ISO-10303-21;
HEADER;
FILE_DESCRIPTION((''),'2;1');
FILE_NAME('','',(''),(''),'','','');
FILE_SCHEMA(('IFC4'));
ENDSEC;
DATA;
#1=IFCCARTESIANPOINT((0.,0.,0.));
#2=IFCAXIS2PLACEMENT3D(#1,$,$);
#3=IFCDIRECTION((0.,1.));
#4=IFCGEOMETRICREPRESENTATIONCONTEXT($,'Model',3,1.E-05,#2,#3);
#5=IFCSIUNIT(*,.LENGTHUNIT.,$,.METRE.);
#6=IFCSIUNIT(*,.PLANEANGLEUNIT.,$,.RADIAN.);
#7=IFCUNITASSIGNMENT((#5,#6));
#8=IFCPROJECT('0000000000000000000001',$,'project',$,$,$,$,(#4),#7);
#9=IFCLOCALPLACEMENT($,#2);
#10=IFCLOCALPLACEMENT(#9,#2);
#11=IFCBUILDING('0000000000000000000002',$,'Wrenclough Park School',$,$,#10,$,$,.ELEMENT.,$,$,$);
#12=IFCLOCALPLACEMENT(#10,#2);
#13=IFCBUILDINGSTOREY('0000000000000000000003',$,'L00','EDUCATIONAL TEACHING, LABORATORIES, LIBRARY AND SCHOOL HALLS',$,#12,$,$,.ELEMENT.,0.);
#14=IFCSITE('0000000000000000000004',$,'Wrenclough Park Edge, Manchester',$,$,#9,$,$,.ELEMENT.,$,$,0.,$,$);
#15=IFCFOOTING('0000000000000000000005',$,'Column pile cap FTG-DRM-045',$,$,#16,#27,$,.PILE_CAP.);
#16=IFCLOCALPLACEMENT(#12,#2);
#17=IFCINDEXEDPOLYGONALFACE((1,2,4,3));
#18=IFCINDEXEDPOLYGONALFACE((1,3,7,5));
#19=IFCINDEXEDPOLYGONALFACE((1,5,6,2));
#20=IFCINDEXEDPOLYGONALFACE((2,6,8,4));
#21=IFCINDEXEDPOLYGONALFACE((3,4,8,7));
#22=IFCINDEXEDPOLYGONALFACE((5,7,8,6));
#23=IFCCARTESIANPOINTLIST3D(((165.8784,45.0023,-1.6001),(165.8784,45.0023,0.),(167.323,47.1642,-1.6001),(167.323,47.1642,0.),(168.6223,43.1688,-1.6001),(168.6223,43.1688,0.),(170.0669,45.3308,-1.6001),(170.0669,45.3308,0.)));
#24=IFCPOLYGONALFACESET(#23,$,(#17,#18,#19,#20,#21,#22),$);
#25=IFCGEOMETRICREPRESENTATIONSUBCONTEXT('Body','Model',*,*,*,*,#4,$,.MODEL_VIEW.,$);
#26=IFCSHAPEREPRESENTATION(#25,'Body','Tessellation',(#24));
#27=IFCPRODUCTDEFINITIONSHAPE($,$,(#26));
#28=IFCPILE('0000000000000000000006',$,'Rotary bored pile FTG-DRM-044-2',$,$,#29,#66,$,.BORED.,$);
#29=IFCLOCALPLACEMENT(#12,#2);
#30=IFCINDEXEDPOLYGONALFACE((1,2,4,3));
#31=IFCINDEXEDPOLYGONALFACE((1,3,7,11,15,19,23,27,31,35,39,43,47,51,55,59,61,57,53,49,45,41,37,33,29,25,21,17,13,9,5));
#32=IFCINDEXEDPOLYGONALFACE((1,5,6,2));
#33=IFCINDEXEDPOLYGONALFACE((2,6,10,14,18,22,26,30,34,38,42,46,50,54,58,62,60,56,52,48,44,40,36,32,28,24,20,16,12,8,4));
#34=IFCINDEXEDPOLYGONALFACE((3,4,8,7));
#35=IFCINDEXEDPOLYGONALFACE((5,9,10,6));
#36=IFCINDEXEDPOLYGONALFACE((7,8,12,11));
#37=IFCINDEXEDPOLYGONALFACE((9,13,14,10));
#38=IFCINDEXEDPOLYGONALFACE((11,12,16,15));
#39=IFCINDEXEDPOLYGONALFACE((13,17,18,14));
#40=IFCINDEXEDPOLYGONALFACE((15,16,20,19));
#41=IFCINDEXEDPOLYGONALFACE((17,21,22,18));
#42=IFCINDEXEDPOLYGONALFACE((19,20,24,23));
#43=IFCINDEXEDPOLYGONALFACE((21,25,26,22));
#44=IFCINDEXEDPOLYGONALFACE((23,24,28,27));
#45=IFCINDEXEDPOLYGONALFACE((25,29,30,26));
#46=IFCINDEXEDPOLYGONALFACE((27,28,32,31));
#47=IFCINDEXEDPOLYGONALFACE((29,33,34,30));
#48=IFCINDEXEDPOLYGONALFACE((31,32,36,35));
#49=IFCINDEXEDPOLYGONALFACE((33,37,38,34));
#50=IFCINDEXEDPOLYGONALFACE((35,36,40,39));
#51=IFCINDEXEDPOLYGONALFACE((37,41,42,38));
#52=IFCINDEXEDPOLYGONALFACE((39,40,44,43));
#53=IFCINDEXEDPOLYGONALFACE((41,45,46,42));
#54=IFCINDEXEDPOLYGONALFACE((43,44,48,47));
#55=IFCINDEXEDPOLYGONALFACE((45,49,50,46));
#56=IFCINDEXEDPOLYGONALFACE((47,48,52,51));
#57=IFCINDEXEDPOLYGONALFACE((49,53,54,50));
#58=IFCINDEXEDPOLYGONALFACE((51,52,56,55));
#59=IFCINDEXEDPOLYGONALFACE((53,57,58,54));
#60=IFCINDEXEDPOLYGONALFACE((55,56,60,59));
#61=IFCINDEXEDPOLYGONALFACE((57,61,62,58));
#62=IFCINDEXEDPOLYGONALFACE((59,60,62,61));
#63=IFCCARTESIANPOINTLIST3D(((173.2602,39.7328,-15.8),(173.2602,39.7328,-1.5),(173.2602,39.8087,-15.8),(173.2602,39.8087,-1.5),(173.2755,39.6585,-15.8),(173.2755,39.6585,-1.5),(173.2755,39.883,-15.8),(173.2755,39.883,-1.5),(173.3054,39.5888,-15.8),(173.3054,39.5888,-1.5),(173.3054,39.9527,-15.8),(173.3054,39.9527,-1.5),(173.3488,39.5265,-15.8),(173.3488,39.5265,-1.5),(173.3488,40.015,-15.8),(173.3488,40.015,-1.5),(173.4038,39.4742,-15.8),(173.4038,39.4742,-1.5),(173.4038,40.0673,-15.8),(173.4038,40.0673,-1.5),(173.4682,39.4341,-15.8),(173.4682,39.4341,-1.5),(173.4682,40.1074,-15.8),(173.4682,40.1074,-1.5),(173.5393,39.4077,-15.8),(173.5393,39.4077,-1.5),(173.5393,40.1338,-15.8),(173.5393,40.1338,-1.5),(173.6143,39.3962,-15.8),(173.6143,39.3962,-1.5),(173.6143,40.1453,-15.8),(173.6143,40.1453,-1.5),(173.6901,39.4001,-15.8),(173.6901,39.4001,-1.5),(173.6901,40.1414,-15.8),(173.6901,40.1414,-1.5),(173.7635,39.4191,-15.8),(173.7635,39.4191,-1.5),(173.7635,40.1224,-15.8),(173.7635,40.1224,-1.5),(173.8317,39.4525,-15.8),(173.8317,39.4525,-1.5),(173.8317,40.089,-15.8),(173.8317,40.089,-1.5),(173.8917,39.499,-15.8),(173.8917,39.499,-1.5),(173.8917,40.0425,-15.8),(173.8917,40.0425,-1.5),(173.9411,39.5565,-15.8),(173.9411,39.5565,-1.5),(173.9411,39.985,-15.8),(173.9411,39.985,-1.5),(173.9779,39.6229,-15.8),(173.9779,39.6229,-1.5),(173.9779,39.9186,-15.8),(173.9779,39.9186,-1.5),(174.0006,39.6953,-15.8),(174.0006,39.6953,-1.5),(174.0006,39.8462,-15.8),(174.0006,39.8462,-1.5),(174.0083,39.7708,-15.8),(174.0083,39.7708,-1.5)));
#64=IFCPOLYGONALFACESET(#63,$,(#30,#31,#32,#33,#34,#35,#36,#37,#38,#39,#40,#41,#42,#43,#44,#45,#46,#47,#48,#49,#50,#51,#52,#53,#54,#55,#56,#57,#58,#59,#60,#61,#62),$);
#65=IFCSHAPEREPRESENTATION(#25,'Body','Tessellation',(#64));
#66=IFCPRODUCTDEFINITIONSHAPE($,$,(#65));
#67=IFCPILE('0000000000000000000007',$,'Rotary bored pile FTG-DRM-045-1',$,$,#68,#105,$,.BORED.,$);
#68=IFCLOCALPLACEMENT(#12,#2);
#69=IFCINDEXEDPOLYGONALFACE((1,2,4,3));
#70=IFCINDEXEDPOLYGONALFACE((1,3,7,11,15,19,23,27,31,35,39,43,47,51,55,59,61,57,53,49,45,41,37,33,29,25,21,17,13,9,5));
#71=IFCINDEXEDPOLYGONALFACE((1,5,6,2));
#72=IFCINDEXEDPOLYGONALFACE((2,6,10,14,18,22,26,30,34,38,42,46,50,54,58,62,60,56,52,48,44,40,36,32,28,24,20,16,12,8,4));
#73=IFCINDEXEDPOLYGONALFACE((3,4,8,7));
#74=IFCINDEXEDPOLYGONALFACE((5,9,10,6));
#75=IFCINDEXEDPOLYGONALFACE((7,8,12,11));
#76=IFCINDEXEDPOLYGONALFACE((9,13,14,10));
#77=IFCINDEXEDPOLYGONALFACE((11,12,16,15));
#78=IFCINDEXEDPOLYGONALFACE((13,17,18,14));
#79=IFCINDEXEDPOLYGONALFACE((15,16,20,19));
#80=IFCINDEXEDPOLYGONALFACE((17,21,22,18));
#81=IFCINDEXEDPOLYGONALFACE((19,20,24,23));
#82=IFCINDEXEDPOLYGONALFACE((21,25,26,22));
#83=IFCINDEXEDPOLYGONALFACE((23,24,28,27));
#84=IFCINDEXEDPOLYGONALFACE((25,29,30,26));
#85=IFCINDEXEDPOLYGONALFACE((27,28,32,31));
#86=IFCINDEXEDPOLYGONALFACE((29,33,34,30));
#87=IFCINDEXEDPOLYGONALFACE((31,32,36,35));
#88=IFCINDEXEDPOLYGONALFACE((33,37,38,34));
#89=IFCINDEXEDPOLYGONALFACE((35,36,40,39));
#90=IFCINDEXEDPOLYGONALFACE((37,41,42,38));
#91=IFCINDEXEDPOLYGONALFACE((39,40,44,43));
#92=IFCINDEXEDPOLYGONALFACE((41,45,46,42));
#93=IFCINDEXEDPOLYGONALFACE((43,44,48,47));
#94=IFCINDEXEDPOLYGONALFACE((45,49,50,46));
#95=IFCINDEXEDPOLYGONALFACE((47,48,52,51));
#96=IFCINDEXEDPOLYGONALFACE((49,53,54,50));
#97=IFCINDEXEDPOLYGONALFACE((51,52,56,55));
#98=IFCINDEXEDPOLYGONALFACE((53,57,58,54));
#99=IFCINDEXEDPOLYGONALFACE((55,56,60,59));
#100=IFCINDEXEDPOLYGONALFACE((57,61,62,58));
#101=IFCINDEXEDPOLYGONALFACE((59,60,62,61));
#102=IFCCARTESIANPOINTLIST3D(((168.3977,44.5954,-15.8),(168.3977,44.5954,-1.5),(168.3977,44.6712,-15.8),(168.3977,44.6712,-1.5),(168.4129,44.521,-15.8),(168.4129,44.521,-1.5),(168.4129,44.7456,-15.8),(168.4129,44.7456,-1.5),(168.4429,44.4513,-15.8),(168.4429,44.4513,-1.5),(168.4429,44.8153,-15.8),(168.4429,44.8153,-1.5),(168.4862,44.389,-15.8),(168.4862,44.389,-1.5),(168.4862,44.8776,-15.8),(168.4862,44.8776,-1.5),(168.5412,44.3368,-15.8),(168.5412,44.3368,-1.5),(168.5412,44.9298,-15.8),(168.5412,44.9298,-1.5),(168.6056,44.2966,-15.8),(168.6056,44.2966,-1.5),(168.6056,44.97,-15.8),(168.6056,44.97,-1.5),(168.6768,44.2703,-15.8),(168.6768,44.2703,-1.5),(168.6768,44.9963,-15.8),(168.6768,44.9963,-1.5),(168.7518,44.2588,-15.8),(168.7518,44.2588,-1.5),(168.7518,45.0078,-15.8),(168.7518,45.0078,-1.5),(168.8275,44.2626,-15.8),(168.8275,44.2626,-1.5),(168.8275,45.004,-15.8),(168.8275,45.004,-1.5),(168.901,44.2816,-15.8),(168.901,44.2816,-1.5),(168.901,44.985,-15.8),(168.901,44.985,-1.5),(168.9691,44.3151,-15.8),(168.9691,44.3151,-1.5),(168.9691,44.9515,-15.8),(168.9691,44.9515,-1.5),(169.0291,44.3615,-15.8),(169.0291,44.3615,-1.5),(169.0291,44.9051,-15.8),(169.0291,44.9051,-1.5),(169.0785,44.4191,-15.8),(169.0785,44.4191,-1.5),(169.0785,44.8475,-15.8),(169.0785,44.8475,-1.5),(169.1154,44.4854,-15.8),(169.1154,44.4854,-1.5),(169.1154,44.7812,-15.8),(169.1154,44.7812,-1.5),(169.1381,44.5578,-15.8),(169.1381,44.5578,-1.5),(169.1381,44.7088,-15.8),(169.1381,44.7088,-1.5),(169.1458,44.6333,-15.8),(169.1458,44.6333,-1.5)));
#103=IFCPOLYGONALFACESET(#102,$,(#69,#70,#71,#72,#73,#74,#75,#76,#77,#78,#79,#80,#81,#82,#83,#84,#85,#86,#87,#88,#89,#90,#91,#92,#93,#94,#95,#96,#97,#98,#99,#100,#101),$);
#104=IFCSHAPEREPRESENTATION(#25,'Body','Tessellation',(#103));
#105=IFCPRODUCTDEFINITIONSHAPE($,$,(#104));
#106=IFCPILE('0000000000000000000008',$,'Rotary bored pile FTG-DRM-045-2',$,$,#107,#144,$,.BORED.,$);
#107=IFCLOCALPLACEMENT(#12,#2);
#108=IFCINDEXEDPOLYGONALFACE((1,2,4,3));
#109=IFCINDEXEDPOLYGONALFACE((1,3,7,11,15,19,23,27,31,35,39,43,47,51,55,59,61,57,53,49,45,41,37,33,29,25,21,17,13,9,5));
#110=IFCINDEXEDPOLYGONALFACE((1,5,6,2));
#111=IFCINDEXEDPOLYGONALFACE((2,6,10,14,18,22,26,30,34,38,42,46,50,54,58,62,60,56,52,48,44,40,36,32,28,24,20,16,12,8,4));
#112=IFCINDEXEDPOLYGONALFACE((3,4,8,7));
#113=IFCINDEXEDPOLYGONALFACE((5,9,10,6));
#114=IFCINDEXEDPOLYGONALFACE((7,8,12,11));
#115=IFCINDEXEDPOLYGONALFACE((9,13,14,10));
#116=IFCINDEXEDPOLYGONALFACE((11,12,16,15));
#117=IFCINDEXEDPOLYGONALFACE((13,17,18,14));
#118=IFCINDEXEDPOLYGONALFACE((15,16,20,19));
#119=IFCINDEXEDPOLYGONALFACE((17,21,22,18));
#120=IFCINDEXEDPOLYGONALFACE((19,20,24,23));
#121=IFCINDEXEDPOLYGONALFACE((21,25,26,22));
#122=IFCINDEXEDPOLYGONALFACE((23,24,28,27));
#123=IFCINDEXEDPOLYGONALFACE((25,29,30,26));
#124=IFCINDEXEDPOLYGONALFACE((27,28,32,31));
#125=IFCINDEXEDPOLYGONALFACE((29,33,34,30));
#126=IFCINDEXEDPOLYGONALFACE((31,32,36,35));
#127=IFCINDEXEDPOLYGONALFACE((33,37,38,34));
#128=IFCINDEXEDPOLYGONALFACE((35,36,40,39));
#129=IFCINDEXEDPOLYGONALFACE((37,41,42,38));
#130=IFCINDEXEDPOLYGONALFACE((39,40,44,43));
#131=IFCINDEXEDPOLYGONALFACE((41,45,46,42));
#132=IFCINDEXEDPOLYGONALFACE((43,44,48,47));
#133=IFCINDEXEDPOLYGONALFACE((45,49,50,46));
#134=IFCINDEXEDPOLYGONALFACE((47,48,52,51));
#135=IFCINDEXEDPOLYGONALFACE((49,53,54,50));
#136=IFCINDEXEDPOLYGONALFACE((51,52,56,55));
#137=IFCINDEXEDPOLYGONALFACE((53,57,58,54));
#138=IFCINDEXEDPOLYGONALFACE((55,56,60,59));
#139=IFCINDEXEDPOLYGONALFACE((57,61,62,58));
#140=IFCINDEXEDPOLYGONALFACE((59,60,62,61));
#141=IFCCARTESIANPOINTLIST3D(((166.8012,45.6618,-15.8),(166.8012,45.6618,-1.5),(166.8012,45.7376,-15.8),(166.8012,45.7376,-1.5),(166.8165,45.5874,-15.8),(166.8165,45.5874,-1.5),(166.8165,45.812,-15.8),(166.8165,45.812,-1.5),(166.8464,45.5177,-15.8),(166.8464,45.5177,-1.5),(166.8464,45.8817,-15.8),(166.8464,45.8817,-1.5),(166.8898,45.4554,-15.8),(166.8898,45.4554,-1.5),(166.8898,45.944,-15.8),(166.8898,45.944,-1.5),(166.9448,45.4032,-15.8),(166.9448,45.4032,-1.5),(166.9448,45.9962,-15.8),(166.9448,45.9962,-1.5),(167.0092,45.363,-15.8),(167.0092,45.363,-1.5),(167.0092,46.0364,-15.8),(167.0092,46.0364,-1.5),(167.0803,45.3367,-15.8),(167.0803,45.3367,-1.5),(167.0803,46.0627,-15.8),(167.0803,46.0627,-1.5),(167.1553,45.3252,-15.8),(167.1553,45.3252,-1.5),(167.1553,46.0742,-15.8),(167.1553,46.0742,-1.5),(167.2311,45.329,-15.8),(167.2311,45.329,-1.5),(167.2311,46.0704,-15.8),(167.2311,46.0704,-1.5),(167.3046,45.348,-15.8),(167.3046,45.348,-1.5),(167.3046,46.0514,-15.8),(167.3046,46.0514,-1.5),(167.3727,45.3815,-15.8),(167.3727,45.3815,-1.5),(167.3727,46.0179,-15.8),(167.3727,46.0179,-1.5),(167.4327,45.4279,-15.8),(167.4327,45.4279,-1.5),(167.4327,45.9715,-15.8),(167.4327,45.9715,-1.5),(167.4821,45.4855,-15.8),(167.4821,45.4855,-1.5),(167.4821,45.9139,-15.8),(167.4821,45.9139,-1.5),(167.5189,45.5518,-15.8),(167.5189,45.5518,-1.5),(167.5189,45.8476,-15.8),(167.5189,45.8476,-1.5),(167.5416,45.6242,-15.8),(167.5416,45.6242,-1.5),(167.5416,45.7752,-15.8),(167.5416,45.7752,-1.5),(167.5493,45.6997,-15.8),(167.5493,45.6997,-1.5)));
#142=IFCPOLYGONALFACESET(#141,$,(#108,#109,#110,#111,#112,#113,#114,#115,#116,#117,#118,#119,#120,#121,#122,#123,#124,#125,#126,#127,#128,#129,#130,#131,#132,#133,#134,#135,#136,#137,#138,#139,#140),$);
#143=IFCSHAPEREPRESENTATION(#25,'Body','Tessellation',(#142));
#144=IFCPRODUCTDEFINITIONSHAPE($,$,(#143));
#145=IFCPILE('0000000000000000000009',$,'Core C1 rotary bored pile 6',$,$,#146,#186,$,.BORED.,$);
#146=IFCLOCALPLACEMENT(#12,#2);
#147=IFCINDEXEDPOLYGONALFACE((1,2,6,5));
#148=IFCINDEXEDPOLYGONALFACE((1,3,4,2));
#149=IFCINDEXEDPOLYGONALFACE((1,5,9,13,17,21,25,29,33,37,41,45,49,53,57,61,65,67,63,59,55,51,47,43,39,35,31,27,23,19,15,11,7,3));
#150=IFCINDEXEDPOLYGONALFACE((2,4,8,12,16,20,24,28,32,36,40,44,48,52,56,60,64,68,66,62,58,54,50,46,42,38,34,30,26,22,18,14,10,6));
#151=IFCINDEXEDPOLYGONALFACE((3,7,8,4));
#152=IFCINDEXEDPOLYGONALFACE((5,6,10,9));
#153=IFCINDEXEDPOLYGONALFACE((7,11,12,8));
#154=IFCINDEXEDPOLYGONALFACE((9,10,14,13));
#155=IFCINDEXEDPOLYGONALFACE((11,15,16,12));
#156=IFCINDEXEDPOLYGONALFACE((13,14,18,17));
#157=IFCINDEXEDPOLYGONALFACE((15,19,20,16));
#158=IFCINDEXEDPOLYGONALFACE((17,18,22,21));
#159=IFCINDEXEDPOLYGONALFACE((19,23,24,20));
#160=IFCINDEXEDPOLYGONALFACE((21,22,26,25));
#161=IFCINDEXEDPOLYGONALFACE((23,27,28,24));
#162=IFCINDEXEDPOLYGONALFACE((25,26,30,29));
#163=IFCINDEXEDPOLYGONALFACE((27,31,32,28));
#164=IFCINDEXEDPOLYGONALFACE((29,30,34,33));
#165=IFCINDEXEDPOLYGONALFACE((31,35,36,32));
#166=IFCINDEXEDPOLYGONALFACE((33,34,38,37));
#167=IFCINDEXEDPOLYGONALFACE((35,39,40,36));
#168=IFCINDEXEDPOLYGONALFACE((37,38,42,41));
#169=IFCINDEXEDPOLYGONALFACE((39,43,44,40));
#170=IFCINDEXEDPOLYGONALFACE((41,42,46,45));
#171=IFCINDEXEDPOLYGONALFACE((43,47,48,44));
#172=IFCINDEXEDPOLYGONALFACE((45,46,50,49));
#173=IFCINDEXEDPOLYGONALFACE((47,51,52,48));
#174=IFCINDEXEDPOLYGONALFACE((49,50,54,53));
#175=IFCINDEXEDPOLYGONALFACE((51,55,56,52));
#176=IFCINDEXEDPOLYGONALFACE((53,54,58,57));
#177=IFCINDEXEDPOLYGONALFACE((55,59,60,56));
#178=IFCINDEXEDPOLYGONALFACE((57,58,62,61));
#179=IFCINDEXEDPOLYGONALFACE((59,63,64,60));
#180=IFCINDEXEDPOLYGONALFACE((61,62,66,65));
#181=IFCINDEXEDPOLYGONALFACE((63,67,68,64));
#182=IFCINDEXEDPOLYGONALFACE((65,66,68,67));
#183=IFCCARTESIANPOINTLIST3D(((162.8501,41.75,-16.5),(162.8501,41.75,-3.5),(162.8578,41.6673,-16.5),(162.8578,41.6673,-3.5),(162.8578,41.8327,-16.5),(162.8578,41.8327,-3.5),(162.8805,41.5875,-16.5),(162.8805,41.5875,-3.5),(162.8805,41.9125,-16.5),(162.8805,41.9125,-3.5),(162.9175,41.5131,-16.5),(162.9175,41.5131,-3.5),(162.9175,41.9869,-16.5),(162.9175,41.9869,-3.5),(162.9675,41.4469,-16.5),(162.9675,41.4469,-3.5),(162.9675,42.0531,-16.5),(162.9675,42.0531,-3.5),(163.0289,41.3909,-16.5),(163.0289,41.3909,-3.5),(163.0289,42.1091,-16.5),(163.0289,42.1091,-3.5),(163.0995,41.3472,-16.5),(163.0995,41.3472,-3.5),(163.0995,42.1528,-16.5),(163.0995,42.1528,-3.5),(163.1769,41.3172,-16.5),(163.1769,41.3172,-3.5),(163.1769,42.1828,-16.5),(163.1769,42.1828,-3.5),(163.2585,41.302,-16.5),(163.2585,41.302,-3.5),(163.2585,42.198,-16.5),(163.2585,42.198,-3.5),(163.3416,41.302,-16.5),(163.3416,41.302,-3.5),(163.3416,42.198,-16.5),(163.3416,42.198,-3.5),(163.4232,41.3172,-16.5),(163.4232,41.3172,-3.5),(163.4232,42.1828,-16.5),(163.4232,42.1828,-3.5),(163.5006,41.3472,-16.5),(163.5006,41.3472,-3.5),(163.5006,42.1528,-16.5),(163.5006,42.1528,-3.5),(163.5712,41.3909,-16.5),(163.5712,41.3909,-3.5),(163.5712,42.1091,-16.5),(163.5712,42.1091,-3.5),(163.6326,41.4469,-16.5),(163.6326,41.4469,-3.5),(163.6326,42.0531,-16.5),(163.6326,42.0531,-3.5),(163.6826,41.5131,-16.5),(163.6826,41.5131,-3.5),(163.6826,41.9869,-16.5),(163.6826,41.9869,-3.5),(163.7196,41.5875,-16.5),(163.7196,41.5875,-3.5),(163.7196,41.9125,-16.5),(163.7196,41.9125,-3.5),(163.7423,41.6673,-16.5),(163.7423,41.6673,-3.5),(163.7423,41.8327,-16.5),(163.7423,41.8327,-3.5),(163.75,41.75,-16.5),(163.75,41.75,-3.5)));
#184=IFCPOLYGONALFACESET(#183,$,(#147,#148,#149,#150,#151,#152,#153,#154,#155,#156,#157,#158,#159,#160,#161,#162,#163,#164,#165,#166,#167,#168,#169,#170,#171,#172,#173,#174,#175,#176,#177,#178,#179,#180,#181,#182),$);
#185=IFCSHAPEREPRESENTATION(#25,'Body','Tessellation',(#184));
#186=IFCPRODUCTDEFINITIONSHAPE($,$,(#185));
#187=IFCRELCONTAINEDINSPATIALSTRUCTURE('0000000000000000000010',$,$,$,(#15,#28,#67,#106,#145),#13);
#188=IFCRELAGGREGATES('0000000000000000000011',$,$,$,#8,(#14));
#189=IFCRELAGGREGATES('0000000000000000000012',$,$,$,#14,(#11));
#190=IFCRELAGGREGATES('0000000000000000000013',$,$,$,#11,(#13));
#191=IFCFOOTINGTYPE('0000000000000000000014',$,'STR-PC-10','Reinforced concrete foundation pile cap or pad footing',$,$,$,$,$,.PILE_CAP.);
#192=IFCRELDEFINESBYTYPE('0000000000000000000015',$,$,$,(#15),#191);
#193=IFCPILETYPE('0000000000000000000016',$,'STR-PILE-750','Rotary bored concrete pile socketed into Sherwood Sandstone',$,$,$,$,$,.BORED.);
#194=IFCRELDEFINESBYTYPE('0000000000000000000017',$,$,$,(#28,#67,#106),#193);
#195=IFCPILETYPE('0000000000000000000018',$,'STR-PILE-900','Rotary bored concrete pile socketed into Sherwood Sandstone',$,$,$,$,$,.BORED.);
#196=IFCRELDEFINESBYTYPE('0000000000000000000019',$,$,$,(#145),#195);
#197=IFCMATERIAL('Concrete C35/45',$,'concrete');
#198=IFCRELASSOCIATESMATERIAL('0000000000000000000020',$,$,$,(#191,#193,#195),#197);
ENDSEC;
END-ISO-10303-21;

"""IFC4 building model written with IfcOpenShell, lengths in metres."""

from ifc_helpers import new_model, si_unit, direction, frame, origin, origin_2d, place, context, subcontext, project, spatial, rectangle, circle, extrude, material, material_profile, profile_set, type_object, element, save


model = new_model("IFC4")

# Units and contexts
model_context = context("Model", 3, precision=1e-05, world=origin(), true_north=direction((0.0, 1.0)))
body_context = subcontext(model_context, "Body", "Model", "MODEL_VIEW")
ifc_project = project(units=[si_unit("LENGTHUNIT", "METRE"), si_unit("PLANEANGLEUNIT", "RADIAN")], contexts=[model_context])

# Site, building, storey
site_placement = place(None, origin())
site = spatial("IfcSite", under=ifc_project, at=site_placement, Name="Wrenclough Park Edge, Manchester", CompositionType="ELEMENT", RefElevation=0.0)
building_placement = place(site_placement, origin())
building = spatial("IfcBuilding", under=site, at=building_placement, Name="Wrenclough Park School", CompositionType="ELEMENT")
storey_placement = place(building_placement, origin())
storey = spatial("IfcBuildingStorey", under=building, at=storey_placement, Name="L00", Description="EDUCATIONAL TEACHING, LABORATORIES, LIBRARY AND SCHOOL HALLS", CompositionType="ELEMENT", Elevation=0.0)

# Footing
ifc_material_1 = material(Name="Concrete C35/45", Category="concrete")
footing_type = type_object("IfcFootingType", Name="STR-PC-10", Description="Reinforced concrete foundation pile cap or pad footing", PredefinedType="PILE_CAP", material=ifc_material_1)
footing_placement = place(storey_placement, frame((167.9727, 45.1665, -1.6001), z_axis=(0.0, 0.0, 1.0), x_axis=(-0.83147, 0.55557, 0.0)))
element("IfcFooting", 1, at=footing_placement, inside=storey, type_object=footing_type, Name="Column pile cap FTG-DRM-045", PredefinedType="PILE_CAP", context=body_context, shape_type="SweptSolid", body=[
    extrude(rectangle(XDim=3.3, YDim=2.6001, at=origin_2d()), origin(), (0.0, 0.0, 1.0), 1.6001),
])

# Piles
ifc_material_profile_1 = material_profile(ifc_material_1, circle(Radius=0.375, at=origin_2d()), Name="BORED PILE D750")
ifc_profile_set_1 = profile_set([ifc_material_profile_1], Name="Concrete C35/45")
pile_type_1 = type_object("IfcPileType", Name="STR-PILE-750", Description="Rotary bored concrete pile socketed into Sherwood Sandstone", PredefinedType="BORED", material=ifc_profile_set_1)
for number, where, z_axis, x_axis, name in (
    (2, (173.6333, 39.7708, -1.5), (0.0, 0.0, -1.0), (1.0, 0.0, 0.0), "Rotary bored pile FTG-DRM-044-2"),
    (3, (168.7708, 44.6333, -1.5), (0.0, 0.0, -1.0), (1.0, 0.0, 0.0), "Rotary bored pile FTG-DRM-045-1"),
    (4, (167.1743, 45.6997, -1.5), (0.0, 0.0, -1.0), (1.0, 0.0, 0.0), "Rotary bored pile FTG-DRM-045-2"),
):
    element("IfcPile", number, at=place(storey_placement, frame(where, z_axis=z_axis, x_axis=x_axis)), inside=storey, type_object=pile_type_1, Name=name, PredefinedType="BORED", context=body_context, shape_type="SweptSolid", body=[
        extrude(circle(Radius=0.375, at=origin_2d()), origin(), (0.0, 0.0, 1.0), 14.3),
    ])
ifc_material_profile_2 = material_profile(ifc_material_1, circle(Radius=0.45, at=origin_2d()), Name="BORED PILE D900")
ifc_profile_set_2 = profile_set([ifc_material_profile_2], Name="Concrete C35/45")
pile_type_2 = type_object("IfcPileType", Name="STR-PILE-900", Description="Rotary bored concrete pile socketed into Sherwood Sandstone", PredefinedType="BORED", material=ifc_profile_set_2)
pile_placement = place(storey_placement, frame((163.3, 41.75, -3.5), z_axis=(0.0, 0.0, -1.0), x_axis=(1.0, 0.0, 0.0)))
element("IfcPile", 5, at=pile_placement, inside=storey, type_object=pile_type_2, Name="Core C1 rotary bored pile 6", PredefinedType="BORED", context=body_context, shape_type="SweptSolid", body=[
    extrude(circle(Radius=0.45, at=origin_2d()), origin(), (0.0, 0.0, 1.0), 13.0),
])

save(model, "model.ifc")
